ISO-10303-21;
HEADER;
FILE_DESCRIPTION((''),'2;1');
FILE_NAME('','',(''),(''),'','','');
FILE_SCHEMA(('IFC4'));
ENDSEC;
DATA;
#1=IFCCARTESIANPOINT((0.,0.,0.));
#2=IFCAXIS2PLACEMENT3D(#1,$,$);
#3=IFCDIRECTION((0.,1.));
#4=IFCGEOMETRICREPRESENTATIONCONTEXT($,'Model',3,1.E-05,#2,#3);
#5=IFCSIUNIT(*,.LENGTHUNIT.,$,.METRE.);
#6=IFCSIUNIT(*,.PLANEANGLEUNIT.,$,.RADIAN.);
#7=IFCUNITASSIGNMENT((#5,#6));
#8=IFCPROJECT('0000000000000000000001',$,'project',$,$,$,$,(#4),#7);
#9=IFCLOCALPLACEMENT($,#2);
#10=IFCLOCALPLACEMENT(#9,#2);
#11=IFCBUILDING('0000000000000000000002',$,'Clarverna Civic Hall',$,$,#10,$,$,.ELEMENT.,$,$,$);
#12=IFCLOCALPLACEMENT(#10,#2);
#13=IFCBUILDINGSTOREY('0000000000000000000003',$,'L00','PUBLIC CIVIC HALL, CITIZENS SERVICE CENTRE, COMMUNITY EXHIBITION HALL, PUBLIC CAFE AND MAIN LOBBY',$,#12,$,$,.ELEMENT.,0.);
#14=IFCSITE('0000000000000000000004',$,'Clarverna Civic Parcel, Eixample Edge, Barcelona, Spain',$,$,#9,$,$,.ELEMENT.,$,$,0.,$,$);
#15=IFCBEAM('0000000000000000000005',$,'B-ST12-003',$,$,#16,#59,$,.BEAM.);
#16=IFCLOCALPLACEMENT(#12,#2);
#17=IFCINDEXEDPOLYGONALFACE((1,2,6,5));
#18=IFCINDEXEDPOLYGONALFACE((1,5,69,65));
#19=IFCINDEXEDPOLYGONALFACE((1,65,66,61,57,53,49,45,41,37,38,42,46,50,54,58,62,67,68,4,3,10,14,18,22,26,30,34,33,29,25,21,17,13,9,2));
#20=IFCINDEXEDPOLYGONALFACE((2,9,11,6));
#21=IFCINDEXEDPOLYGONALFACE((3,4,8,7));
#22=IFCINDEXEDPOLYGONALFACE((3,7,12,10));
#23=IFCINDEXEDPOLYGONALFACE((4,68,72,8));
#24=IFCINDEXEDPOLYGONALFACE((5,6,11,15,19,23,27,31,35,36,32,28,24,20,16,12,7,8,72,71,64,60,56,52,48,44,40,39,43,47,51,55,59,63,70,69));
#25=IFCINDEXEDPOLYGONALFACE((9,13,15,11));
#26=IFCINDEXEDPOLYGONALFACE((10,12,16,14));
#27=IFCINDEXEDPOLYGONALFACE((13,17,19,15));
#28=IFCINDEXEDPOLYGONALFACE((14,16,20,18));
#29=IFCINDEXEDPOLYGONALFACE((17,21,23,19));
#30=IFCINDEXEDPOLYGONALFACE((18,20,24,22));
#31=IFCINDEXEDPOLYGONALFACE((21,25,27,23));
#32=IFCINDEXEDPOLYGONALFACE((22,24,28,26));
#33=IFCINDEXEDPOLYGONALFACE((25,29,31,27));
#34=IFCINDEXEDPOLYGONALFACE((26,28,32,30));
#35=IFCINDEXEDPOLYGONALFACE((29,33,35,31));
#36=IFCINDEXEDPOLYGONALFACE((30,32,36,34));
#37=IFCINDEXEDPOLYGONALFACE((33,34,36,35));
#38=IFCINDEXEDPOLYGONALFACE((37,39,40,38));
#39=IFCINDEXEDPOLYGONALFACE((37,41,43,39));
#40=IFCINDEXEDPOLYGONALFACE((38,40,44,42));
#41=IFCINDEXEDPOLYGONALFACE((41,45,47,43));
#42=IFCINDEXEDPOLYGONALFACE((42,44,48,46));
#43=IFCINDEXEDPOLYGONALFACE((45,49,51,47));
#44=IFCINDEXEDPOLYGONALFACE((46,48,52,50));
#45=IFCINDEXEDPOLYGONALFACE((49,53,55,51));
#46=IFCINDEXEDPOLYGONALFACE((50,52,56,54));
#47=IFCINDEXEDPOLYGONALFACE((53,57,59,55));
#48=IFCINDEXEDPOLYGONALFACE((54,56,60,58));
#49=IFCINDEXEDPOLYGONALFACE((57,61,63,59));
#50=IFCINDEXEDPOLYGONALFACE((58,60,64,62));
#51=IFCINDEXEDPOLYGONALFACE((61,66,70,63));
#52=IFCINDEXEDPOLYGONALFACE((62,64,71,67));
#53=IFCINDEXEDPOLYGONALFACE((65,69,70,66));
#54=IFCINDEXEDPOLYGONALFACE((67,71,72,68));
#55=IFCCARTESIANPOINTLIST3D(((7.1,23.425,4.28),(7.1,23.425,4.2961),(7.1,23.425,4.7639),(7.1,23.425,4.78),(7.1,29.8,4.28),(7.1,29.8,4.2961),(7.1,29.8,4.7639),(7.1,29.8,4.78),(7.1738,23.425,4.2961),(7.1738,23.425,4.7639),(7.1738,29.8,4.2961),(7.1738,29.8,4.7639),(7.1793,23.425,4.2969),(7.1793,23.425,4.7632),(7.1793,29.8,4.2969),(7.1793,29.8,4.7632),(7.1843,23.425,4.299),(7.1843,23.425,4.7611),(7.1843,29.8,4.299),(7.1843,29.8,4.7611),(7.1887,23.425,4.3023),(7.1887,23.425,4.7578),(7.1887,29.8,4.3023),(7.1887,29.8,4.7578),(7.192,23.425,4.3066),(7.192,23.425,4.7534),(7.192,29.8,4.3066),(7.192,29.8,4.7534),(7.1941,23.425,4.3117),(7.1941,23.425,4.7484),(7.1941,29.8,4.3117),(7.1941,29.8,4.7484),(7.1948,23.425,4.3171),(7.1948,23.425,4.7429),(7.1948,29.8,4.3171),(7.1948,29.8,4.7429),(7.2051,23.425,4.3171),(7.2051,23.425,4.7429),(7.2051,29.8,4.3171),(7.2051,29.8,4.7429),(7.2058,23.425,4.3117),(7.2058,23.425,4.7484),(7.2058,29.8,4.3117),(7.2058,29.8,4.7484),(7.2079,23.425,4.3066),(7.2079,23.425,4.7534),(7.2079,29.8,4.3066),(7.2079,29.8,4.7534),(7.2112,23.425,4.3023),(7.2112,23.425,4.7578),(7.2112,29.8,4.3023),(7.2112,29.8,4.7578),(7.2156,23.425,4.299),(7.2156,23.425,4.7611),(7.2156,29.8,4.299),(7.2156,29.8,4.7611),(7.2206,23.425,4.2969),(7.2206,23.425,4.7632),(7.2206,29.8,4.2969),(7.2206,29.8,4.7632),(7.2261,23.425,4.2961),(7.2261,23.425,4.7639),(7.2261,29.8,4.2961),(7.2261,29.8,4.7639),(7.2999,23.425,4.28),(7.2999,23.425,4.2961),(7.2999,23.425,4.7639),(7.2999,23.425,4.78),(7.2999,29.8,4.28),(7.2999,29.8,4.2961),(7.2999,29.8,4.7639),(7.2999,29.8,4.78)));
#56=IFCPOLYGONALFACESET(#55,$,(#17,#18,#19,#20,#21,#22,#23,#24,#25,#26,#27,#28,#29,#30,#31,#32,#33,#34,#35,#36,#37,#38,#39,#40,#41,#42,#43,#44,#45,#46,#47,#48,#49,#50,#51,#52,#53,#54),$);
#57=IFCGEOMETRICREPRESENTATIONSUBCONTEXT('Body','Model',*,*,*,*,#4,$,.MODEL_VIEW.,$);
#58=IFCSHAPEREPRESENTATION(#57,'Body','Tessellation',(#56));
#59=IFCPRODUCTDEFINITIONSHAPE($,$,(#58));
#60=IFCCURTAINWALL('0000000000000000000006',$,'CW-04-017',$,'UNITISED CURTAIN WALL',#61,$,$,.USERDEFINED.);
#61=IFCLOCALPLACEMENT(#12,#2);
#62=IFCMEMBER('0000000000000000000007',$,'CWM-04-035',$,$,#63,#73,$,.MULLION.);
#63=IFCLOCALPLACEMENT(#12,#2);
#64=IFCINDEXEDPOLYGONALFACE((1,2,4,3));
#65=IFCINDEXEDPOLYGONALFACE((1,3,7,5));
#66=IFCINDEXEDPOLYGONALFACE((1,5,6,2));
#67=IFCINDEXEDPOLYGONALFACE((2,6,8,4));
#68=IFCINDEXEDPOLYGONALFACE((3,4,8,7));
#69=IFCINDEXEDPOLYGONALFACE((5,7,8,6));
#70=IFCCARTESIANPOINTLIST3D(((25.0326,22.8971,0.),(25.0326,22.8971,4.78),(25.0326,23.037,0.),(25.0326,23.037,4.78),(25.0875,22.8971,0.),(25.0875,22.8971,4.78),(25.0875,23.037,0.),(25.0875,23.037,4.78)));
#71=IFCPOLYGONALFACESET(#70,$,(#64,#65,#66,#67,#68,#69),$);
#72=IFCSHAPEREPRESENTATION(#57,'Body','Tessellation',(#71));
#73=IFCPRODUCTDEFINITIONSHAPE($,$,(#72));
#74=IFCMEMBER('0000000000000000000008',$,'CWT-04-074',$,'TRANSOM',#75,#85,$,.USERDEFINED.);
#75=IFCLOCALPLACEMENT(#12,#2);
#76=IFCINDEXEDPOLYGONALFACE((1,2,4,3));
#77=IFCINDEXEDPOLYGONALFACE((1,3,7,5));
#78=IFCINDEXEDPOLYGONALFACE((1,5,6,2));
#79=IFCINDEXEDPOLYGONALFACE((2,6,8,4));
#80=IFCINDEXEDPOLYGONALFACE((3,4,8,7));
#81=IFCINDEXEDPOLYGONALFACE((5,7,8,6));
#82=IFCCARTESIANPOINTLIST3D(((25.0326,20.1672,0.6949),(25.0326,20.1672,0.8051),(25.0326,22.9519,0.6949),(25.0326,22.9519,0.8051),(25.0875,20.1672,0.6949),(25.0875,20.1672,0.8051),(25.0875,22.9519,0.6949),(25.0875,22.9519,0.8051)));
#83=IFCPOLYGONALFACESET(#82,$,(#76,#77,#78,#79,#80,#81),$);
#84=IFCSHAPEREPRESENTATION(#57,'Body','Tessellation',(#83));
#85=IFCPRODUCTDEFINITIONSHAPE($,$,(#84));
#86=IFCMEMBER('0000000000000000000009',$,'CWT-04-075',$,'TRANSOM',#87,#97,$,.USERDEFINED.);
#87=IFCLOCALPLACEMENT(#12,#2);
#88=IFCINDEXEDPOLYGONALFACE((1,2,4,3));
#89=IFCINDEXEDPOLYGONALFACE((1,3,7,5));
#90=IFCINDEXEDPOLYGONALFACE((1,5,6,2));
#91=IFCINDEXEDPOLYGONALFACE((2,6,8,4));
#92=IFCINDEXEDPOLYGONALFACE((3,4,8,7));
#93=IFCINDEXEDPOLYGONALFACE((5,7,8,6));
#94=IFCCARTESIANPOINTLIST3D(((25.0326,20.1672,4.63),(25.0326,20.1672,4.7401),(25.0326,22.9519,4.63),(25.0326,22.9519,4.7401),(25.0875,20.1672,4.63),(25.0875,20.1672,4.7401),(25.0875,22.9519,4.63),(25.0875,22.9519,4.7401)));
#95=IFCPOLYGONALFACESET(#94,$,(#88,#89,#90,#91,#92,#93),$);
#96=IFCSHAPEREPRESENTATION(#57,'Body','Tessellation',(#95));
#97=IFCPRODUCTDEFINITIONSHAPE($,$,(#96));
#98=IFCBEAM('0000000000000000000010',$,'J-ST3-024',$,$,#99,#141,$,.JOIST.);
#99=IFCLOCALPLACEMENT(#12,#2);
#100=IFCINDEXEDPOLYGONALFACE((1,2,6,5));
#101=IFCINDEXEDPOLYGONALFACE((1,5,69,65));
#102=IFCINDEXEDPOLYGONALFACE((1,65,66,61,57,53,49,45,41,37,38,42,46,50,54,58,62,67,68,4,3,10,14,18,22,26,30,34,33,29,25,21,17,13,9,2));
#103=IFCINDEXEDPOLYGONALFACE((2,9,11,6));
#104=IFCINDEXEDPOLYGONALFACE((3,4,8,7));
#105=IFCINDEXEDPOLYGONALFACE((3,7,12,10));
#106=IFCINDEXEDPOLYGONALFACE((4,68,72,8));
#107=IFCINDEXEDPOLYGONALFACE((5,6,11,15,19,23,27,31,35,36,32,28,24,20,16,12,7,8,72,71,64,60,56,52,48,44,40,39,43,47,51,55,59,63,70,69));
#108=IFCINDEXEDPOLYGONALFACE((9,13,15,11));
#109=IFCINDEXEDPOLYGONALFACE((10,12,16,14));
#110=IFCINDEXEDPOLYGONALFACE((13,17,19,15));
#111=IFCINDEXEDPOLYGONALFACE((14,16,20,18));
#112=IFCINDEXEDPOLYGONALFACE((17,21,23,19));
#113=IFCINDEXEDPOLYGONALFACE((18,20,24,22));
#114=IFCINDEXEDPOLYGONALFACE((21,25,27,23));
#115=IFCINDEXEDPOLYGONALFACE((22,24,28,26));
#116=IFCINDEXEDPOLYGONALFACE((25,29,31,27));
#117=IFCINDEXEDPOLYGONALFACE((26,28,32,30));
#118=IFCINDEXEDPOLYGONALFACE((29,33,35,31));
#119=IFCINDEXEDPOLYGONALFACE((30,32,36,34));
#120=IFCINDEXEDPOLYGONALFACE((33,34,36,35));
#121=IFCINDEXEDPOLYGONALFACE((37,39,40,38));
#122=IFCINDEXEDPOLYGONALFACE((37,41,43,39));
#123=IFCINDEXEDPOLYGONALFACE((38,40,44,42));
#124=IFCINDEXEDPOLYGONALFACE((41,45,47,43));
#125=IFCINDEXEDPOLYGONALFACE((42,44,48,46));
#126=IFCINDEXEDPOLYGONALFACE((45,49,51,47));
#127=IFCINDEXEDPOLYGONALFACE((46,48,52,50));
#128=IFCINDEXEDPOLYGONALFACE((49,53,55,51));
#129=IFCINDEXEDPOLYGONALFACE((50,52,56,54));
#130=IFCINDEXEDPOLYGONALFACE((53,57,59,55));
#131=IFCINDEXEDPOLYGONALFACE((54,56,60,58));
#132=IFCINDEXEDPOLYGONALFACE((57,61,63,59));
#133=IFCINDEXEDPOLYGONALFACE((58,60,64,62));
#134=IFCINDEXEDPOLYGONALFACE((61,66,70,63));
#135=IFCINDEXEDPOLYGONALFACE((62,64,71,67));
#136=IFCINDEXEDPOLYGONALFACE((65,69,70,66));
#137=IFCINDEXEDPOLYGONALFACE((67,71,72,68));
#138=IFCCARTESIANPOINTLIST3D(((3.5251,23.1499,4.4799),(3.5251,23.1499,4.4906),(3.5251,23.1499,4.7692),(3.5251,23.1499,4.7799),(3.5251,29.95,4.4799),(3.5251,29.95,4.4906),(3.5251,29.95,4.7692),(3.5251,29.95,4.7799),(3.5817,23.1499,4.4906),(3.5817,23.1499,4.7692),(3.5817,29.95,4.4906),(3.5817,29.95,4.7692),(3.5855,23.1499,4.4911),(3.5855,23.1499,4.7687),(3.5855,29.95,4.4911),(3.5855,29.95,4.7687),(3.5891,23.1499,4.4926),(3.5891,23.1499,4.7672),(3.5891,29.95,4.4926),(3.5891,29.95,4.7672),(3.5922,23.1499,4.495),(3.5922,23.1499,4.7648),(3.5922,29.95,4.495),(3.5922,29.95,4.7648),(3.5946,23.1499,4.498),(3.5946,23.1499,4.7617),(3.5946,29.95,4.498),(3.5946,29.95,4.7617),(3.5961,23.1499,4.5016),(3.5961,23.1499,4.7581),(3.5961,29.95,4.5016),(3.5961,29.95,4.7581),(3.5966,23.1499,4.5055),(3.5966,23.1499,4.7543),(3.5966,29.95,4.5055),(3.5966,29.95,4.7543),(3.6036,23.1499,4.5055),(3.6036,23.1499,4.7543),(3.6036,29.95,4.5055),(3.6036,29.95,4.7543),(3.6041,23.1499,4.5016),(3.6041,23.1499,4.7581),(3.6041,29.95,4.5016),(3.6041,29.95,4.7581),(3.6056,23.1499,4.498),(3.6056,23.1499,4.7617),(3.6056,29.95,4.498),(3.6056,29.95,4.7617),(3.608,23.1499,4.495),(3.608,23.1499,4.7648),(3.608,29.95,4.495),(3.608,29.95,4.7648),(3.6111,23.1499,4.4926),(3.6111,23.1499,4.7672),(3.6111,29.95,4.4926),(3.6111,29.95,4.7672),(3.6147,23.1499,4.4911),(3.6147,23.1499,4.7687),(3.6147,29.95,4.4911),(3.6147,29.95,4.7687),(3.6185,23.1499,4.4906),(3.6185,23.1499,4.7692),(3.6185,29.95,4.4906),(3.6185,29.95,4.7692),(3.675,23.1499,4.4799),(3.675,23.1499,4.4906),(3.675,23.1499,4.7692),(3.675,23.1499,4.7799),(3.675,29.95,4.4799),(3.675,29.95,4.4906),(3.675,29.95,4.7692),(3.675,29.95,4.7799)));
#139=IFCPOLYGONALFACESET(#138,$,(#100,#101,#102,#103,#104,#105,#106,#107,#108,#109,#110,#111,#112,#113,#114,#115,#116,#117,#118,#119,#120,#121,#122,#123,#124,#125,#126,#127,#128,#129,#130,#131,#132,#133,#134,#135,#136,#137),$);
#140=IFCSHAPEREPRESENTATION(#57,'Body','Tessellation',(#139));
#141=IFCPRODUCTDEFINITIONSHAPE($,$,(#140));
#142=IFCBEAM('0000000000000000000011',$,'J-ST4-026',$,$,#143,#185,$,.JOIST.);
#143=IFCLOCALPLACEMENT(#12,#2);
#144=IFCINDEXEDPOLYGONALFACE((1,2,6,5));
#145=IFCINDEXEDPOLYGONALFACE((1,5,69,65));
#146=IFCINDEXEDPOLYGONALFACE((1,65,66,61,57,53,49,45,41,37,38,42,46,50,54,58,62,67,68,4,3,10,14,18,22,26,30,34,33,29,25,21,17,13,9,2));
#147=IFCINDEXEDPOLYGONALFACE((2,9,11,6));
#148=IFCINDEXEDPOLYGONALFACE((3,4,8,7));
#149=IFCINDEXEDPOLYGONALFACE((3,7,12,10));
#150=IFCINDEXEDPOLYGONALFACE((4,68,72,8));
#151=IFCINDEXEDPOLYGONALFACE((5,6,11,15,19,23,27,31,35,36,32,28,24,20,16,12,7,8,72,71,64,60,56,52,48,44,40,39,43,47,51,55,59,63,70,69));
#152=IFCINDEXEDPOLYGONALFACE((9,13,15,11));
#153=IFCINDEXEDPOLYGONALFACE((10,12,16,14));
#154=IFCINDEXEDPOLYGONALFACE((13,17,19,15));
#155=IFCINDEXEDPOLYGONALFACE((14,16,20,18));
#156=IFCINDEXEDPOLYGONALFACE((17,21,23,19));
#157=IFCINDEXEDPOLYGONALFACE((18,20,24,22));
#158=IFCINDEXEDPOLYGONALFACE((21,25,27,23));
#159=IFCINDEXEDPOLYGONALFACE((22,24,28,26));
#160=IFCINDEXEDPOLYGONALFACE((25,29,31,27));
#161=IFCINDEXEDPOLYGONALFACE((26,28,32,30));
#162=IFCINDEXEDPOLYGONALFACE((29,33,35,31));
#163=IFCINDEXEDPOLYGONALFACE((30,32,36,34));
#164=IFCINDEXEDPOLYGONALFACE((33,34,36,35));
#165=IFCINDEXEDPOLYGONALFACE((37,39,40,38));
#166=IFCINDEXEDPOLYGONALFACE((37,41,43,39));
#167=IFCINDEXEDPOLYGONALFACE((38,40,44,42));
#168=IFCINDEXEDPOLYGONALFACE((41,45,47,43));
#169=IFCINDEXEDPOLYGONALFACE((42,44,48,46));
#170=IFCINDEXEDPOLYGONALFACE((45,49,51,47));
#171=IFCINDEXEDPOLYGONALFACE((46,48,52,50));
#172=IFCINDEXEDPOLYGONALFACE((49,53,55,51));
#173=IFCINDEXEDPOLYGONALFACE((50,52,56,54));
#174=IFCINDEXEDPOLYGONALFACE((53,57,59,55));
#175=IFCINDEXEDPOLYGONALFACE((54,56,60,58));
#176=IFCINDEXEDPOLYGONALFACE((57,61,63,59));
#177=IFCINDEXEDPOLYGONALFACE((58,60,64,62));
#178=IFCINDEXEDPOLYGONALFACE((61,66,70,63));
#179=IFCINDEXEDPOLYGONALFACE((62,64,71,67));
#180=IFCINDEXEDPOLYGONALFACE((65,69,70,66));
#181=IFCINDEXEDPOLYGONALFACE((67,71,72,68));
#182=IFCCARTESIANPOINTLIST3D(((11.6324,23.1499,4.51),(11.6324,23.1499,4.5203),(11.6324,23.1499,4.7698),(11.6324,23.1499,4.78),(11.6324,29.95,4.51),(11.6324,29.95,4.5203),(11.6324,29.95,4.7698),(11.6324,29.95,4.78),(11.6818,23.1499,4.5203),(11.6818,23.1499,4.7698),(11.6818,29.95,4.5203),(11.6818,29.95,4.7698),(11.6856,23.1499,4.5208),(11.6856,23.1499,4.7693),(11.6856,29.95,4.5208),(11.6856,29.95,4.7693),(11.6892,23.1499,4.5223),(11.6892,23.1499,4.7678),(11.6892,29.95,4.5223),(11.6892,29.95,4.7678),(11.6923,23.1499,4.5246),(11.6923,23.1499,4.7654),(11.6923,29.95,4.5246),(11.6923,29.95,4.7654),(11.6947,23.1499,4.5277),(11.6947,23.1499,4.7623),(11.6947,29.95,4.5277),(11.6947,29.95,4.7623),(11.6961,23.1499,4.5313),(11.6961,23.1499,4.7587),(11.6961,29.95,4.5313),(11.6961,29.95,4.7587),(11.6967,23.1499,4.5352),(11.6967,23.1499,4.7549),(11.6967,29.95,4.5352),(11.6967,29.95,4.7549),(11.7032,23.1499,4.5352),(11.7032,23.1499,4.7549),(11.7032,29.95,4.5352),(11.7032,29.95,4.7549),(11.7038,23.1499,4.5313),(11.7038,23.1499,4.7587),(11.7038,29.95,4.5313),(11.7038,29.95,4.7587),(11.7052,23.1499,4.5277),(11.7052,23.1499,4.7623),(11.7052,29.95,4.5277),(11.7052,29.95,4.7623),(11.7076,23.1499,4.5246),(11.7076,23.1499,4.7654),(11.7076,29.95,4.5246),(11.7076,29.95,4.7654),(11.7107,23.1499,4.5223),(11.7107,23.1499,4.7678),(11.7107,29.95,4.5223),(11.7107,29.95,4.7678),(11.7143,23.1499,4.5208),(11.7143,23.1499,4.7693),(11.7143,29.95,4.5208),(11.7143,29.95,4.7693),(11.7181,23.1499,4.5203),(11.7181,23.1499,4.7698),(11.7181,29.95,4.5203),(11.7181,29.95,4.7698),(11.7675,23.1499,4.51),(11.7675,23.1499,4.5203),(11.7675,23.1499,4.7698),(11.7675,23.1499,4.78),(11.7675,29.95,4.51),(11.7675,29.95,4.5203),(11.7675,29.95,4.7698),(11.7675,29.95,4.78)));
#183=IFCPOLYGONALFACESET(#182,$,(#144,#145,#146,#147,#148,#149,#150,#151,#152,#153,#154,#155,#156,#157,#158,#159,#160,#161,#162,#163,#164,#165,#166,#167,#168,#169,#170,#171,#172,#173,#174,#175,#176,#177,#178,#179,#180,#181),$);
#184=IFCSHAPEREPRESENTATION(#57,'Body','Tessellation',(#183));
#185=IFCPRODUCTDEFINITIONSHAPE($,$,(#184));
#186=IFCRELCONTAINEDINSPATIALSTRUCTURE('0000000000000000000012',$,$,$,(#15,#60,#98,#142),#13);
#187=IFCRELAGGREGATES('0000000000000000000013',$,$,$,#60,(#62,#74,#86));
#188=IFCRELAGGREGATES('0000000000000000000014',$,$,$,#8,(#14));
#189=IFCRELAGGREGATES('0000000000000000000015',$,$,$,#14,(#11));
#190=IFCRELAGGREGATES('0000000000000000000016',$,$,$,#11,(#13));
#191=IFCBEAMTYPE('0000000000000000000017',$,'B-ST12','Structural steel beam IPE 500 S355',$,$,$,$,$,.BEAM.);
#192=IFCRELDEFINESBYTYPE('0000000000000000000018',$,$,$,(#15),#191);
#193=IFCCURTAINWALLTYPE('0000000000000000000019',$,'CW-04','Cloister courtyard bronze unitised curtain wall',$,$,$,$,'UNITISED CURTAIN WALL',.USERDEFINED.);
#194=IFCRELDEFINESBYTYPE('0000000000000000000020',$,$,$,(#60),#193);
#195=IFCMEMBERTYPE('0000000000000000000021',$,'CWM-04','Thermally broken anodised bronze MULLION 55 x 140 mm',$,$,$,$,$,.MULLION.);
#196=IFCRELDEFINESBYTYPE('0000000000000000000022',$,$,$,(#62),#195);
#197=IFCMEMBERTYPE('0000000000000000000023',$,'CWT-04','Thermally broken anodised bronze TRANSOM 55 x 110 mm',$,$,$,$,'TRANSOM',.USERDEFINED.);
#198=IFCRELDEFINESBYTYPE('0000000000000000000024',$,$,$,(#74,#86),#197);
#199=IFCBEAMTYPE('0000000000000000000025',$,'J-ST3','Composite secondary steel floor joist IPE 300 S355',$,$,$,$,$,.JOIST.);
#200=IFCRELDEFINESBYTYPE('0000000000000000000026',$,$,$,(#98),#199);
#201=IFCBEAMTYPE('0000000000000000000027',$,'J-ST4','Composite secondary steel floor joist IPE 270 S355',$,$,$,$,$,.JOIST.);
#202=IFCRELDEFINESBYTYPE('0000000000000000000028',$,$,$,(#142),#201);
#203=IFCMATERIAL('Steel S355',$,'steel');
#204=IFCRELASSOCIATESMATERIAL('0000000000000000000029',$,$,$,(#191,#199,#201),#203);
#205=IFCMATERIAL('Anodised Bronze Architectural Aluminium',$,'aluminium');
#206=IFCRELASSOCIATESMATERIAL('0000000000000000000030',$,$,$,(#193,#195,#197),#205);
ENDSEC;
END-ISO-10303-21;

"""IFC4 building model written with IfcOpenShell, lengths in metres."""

from ifc_helpers import new_model, si_unit, direction, frame, origin, origin_2d, place, context, subcontext, project, spatial, rectangle, i_section, extrude, material, material_profile, profile_set, type_object, element, aggregate, save


model = new_model("IFC4")

# Units and contexts
model_context = context("Model", 3, precision=1e-05, world=origin(), true_north=direction((0.0, 1.0)))
body_context = subcontext(model_context, "Body", "Model", "MODEL_VIEW")
ifc_project = project(units=[si_unit("LENGTHUNIT", "METRE"), si_unit("PLANEANGLEUNIT", "RADIAN")], contexts=[model_context])

# Site, building, storey
site_placement = place(None, origin())
site = spatial("IfcSite", under=ifc_project, at=site_placement, Name="Clarverna Civic Parcel, Eixample Edge, Barcelona, Spain", CompositionType="ELEMENT", RefElevation=0.0)
building_placement = place(site_placement, origin())
building = spatial("IfcBuilding", under=site, at=building_placement, Name="Clarverna Civic Hall", CompositionType="ELEMENT")
storey_placement = place(building_placement, origin())
storey = spatial("IfcBuildingStorey", under=building, at=storey_placement, Name="L00", Description="PUBLIC CIVIC HALL, CITIZENS SERVICE CENTRE, COMMUNITY EXHIBITION HALL, PUBLIC CAFE AND MAIN LOBBY", CompositionType="ELEMENT", Elevation=0.0)

# Beam
ifc_material_1 = material(Name="Steel S355", Category="steel")
ifc_material_profile_1 = material_profile(ifc_material_1, i_section(OverallWidth=0.2, OverallDepth=0.5, WebThickness=0.0103, FlangeThickness=0.0161, FilletRadius=0.021, at=origin_2d()), Name="IPE 500")
ifc_profile_set_1 = profile_set([ifc_material_profile_1], Name="Steel S355")
beam_type_1 = type_object("IfcBeamType", Name="B-ST12", Description="Structural steel beam IPE 500 S355", PredefinedType="BEAM", material=ifc_profile_set_1)
beam_1_placement = place(storey_placement, frame((7.2, 23.425, 4.53), z_axis=(0.0, 1.0, 0.0), x_axis=(-1.0, 0.0, 0.0)))
element("IfcBeam", 1, at=beam_1_placement, inside=storey, type_object=beam_type_1, Name="B-ST12-003", PredefinedType="BEAM", context=body_context, shape_type="SweptSolid", body=[
    extrude(i_section(OverallWidth=0.2, OverallDepth=0.5, WebThickness=0.0103, FlangeThickness=0.0161, FilletRadius=0.021, at=origin_2d()), origin(), (0.0, 0.0, 1.0), 6.375),
])

# Curtain wall, members
ifc_material_2 = material(Name="Anodised Bronze Architectural Aluminium", Category="aluminium")
curtain_wall_type = type_object("IfcCurtainWallType", Name="CW-04", Description="Cloister courtyard bronze unitised curtain wall", ElementType="UNITISED CURTAIN WALL", PredefinedType="USERDEFINED", material=ifc_material_2)
curtain_wall_placement = place(storey_placement, origin())
curtain_wall = element("IfcCurtainWall", 2, at=curtain_wall_placement, inside=storey, type_object=curtain_wall_type, Name="CW-04-017", ObjectType="UNITISED CURTAIN WALL", PredefinedType="USERDEFINED")
ifc_material_profile_2 = material_profile(ifc_material_2, rectangle(XDim=0.0549, YDim=0.1399, at=origin_2d()), Name="BRONZE 55x140")
ifc_profile_set_2 = profile_set([ifc_material_profile_2], Name="Anodised Bronze Architectural Aluminium")
member_type_1 = type_object("IfcMemberType", Name="CWM-04", Description="Thermally broken anodised bronze MULLION 55 x 140 mm", PredefinedType="MULLION", material=ifc_profile_set_2)
member_1_placement = place(storey_placement, frame((25.0601, 22.967, 0.0), z_axis=(0.0, 0.0, 1.0), x_axis=(1.0, 0.0, 0.0)))
member_1 = element("IfcMember", 3, at=member_1_placement, type_object=member_type_1, Name="CWM-04-035", PredefinedType="MULLION", context=body_context, shape_type="SweptSolid", body=[
    extrude(rectangle(XDim=0.0549, YDim=0.1399, at=origin_2d()), origin(), (0.0, 0.0, 1.0), 4.78),
])
ifc_material_profile_3 = material_profile(ifc_material_2, rectangle(XDim=0.0549, YDim=0.1101, at=origin_2d()), Name="BRONZE 55x110")
ifc_profile_set_3 = profile_set([ifc_material_profile_3], Name="Anodised Bronze Architectural Aluminium")
member_type_2 = type_object("IfcMemberType", Name="CWT-04", Description="Thermally broken anodised bronze TRANSOM 55 x 110 mm", ElementType="TRANSOM", PredefinedType="USERDEFINED", material=ifc_profile_set_3)
member_2_placement = place(storey_placement, frame((25.0601, 22.9519, 0.75), z_axis=(0.0, -1.0, 0.0), x_axis=(1.0, 0.0, 0.0)))
member_2 = element("IfcMember", 4, at=member_2_placement, type_object=member_type_2, Name="CWT-04-074", ObjectType="TRANSOM", PredefinedType="USERDEFINED", context=body_context, shape_type="SweptSolid", body=[
    extrude(rectangle(XDim=0.0549, YDim=0.1101, at=origin_2d()), origin(), (0.0, 0.0, 1.0), 2.7847),
])
member_3_placement = place(storey_placement, frame((25.0601, 22.9519, 4.6851), z_axis=(0.0, -1.0, 0.0), x_axis=(1.0, 0.0, 0.0)))
member_3 = element("IfcMember", 5, at=member_3_placement, type_object=member_type_2, Name="CWT-04-075", ObjectType="TRANSOM", PredefinedType="USERDEFINED", context=body_context, shape_type="SweptSolid", body=[
    extrude(rectangle(XDim=0.0549, YDim=0.1101, at=origin_2d()), origin(), (0.0, 0.0, 1.0), 2.7847),
])

# Beams
ifc_material_profile_4 = material_profile(ifc_material_1, i_section(OverallWidth=0.1499, OverallDepth=0.3, WebThickness=0.0071, FlangeThickness=0.0107, FilletRadius=0.0149, at=origin_2d()), Name="IPE 300")
ifc_profile_set_4 = profile_set([ifc_material_profile_4], Name="Steel S355")
beam_type_2 = type_object("IfcBeamType", Name="J-ST3", Description="Composite secondary steel floor joist IPE 300 S355", PredefinedType="JOIST", material=ifc_profile_set_4)
beam_2_placement = place(storey_placement, frame((3.6001, 23.1499, 4.6299), z_axis=(0.0, 1.0, 0.0), x_axis=(-1.0, 0.0, 0.0)))
element("IfcBeam", 6, at=beam_2_placement, inside=storey, type_object=beam_type_2, Name="J-ST3-024", PredefinedType="JOIST", context=body_context, shape_type="SweptSolid", body=[
    extrude(i_section(OverallWidth=0.1499, OverallDepth=0.3, WebThickness=0.0071, FlangeThickness=0.0107, FilletRadius=0.0149, at=origin_2d()), origin(), (0.0, 0.0, 1.0), 6.8),
])
ifc_material_profile_5 = material_profile(ifc_material_1, i_section(OverallWidth=0.135, OverallDepth=0.27, WebThickness=0.0066, FlangeThickness=0.0103, FilletRadius=0.0149, at=origin_2d()), Name="IPE 270")
ifc_profile_set_5 = profile_set([ifc_material_profile_5], Name="Steel S355")
beam_type_3 = type_object("IfcBeamType", Name="J-ST4", Description="Composite secondary steel floor joist IPE 270 S355", PredefinedType="JOIST", material=ifc_profile_set_5)
beam_3_placement = place(storey_placement, frame((11.7, 23.1499, 4.645), z_axis=(0.0, 1.0, 0.0), x_axis=(-1.0, 0.0, 0.0)))
element("IfcBeam", 7, at=beam_3_placement, inside=storey, type_object=beam_type_3, Name="J-ST4-026", PredefinedType="JOIST", context=body_context, shape_type="SweptSolid", body=[
    extrude(i_section(OverallWidth=0.135, OverallDepth=0.27, WebThickness=0.0066, FlangeThickness=0.0103, FilletRadius=0.0149, at=origin_2d()), origin(), (0.0, 0.0, 1.0), 6.8),
])

aggregate(curtain_wall, [member_1, member_2, member_3])

save(model, "model.ifc")
